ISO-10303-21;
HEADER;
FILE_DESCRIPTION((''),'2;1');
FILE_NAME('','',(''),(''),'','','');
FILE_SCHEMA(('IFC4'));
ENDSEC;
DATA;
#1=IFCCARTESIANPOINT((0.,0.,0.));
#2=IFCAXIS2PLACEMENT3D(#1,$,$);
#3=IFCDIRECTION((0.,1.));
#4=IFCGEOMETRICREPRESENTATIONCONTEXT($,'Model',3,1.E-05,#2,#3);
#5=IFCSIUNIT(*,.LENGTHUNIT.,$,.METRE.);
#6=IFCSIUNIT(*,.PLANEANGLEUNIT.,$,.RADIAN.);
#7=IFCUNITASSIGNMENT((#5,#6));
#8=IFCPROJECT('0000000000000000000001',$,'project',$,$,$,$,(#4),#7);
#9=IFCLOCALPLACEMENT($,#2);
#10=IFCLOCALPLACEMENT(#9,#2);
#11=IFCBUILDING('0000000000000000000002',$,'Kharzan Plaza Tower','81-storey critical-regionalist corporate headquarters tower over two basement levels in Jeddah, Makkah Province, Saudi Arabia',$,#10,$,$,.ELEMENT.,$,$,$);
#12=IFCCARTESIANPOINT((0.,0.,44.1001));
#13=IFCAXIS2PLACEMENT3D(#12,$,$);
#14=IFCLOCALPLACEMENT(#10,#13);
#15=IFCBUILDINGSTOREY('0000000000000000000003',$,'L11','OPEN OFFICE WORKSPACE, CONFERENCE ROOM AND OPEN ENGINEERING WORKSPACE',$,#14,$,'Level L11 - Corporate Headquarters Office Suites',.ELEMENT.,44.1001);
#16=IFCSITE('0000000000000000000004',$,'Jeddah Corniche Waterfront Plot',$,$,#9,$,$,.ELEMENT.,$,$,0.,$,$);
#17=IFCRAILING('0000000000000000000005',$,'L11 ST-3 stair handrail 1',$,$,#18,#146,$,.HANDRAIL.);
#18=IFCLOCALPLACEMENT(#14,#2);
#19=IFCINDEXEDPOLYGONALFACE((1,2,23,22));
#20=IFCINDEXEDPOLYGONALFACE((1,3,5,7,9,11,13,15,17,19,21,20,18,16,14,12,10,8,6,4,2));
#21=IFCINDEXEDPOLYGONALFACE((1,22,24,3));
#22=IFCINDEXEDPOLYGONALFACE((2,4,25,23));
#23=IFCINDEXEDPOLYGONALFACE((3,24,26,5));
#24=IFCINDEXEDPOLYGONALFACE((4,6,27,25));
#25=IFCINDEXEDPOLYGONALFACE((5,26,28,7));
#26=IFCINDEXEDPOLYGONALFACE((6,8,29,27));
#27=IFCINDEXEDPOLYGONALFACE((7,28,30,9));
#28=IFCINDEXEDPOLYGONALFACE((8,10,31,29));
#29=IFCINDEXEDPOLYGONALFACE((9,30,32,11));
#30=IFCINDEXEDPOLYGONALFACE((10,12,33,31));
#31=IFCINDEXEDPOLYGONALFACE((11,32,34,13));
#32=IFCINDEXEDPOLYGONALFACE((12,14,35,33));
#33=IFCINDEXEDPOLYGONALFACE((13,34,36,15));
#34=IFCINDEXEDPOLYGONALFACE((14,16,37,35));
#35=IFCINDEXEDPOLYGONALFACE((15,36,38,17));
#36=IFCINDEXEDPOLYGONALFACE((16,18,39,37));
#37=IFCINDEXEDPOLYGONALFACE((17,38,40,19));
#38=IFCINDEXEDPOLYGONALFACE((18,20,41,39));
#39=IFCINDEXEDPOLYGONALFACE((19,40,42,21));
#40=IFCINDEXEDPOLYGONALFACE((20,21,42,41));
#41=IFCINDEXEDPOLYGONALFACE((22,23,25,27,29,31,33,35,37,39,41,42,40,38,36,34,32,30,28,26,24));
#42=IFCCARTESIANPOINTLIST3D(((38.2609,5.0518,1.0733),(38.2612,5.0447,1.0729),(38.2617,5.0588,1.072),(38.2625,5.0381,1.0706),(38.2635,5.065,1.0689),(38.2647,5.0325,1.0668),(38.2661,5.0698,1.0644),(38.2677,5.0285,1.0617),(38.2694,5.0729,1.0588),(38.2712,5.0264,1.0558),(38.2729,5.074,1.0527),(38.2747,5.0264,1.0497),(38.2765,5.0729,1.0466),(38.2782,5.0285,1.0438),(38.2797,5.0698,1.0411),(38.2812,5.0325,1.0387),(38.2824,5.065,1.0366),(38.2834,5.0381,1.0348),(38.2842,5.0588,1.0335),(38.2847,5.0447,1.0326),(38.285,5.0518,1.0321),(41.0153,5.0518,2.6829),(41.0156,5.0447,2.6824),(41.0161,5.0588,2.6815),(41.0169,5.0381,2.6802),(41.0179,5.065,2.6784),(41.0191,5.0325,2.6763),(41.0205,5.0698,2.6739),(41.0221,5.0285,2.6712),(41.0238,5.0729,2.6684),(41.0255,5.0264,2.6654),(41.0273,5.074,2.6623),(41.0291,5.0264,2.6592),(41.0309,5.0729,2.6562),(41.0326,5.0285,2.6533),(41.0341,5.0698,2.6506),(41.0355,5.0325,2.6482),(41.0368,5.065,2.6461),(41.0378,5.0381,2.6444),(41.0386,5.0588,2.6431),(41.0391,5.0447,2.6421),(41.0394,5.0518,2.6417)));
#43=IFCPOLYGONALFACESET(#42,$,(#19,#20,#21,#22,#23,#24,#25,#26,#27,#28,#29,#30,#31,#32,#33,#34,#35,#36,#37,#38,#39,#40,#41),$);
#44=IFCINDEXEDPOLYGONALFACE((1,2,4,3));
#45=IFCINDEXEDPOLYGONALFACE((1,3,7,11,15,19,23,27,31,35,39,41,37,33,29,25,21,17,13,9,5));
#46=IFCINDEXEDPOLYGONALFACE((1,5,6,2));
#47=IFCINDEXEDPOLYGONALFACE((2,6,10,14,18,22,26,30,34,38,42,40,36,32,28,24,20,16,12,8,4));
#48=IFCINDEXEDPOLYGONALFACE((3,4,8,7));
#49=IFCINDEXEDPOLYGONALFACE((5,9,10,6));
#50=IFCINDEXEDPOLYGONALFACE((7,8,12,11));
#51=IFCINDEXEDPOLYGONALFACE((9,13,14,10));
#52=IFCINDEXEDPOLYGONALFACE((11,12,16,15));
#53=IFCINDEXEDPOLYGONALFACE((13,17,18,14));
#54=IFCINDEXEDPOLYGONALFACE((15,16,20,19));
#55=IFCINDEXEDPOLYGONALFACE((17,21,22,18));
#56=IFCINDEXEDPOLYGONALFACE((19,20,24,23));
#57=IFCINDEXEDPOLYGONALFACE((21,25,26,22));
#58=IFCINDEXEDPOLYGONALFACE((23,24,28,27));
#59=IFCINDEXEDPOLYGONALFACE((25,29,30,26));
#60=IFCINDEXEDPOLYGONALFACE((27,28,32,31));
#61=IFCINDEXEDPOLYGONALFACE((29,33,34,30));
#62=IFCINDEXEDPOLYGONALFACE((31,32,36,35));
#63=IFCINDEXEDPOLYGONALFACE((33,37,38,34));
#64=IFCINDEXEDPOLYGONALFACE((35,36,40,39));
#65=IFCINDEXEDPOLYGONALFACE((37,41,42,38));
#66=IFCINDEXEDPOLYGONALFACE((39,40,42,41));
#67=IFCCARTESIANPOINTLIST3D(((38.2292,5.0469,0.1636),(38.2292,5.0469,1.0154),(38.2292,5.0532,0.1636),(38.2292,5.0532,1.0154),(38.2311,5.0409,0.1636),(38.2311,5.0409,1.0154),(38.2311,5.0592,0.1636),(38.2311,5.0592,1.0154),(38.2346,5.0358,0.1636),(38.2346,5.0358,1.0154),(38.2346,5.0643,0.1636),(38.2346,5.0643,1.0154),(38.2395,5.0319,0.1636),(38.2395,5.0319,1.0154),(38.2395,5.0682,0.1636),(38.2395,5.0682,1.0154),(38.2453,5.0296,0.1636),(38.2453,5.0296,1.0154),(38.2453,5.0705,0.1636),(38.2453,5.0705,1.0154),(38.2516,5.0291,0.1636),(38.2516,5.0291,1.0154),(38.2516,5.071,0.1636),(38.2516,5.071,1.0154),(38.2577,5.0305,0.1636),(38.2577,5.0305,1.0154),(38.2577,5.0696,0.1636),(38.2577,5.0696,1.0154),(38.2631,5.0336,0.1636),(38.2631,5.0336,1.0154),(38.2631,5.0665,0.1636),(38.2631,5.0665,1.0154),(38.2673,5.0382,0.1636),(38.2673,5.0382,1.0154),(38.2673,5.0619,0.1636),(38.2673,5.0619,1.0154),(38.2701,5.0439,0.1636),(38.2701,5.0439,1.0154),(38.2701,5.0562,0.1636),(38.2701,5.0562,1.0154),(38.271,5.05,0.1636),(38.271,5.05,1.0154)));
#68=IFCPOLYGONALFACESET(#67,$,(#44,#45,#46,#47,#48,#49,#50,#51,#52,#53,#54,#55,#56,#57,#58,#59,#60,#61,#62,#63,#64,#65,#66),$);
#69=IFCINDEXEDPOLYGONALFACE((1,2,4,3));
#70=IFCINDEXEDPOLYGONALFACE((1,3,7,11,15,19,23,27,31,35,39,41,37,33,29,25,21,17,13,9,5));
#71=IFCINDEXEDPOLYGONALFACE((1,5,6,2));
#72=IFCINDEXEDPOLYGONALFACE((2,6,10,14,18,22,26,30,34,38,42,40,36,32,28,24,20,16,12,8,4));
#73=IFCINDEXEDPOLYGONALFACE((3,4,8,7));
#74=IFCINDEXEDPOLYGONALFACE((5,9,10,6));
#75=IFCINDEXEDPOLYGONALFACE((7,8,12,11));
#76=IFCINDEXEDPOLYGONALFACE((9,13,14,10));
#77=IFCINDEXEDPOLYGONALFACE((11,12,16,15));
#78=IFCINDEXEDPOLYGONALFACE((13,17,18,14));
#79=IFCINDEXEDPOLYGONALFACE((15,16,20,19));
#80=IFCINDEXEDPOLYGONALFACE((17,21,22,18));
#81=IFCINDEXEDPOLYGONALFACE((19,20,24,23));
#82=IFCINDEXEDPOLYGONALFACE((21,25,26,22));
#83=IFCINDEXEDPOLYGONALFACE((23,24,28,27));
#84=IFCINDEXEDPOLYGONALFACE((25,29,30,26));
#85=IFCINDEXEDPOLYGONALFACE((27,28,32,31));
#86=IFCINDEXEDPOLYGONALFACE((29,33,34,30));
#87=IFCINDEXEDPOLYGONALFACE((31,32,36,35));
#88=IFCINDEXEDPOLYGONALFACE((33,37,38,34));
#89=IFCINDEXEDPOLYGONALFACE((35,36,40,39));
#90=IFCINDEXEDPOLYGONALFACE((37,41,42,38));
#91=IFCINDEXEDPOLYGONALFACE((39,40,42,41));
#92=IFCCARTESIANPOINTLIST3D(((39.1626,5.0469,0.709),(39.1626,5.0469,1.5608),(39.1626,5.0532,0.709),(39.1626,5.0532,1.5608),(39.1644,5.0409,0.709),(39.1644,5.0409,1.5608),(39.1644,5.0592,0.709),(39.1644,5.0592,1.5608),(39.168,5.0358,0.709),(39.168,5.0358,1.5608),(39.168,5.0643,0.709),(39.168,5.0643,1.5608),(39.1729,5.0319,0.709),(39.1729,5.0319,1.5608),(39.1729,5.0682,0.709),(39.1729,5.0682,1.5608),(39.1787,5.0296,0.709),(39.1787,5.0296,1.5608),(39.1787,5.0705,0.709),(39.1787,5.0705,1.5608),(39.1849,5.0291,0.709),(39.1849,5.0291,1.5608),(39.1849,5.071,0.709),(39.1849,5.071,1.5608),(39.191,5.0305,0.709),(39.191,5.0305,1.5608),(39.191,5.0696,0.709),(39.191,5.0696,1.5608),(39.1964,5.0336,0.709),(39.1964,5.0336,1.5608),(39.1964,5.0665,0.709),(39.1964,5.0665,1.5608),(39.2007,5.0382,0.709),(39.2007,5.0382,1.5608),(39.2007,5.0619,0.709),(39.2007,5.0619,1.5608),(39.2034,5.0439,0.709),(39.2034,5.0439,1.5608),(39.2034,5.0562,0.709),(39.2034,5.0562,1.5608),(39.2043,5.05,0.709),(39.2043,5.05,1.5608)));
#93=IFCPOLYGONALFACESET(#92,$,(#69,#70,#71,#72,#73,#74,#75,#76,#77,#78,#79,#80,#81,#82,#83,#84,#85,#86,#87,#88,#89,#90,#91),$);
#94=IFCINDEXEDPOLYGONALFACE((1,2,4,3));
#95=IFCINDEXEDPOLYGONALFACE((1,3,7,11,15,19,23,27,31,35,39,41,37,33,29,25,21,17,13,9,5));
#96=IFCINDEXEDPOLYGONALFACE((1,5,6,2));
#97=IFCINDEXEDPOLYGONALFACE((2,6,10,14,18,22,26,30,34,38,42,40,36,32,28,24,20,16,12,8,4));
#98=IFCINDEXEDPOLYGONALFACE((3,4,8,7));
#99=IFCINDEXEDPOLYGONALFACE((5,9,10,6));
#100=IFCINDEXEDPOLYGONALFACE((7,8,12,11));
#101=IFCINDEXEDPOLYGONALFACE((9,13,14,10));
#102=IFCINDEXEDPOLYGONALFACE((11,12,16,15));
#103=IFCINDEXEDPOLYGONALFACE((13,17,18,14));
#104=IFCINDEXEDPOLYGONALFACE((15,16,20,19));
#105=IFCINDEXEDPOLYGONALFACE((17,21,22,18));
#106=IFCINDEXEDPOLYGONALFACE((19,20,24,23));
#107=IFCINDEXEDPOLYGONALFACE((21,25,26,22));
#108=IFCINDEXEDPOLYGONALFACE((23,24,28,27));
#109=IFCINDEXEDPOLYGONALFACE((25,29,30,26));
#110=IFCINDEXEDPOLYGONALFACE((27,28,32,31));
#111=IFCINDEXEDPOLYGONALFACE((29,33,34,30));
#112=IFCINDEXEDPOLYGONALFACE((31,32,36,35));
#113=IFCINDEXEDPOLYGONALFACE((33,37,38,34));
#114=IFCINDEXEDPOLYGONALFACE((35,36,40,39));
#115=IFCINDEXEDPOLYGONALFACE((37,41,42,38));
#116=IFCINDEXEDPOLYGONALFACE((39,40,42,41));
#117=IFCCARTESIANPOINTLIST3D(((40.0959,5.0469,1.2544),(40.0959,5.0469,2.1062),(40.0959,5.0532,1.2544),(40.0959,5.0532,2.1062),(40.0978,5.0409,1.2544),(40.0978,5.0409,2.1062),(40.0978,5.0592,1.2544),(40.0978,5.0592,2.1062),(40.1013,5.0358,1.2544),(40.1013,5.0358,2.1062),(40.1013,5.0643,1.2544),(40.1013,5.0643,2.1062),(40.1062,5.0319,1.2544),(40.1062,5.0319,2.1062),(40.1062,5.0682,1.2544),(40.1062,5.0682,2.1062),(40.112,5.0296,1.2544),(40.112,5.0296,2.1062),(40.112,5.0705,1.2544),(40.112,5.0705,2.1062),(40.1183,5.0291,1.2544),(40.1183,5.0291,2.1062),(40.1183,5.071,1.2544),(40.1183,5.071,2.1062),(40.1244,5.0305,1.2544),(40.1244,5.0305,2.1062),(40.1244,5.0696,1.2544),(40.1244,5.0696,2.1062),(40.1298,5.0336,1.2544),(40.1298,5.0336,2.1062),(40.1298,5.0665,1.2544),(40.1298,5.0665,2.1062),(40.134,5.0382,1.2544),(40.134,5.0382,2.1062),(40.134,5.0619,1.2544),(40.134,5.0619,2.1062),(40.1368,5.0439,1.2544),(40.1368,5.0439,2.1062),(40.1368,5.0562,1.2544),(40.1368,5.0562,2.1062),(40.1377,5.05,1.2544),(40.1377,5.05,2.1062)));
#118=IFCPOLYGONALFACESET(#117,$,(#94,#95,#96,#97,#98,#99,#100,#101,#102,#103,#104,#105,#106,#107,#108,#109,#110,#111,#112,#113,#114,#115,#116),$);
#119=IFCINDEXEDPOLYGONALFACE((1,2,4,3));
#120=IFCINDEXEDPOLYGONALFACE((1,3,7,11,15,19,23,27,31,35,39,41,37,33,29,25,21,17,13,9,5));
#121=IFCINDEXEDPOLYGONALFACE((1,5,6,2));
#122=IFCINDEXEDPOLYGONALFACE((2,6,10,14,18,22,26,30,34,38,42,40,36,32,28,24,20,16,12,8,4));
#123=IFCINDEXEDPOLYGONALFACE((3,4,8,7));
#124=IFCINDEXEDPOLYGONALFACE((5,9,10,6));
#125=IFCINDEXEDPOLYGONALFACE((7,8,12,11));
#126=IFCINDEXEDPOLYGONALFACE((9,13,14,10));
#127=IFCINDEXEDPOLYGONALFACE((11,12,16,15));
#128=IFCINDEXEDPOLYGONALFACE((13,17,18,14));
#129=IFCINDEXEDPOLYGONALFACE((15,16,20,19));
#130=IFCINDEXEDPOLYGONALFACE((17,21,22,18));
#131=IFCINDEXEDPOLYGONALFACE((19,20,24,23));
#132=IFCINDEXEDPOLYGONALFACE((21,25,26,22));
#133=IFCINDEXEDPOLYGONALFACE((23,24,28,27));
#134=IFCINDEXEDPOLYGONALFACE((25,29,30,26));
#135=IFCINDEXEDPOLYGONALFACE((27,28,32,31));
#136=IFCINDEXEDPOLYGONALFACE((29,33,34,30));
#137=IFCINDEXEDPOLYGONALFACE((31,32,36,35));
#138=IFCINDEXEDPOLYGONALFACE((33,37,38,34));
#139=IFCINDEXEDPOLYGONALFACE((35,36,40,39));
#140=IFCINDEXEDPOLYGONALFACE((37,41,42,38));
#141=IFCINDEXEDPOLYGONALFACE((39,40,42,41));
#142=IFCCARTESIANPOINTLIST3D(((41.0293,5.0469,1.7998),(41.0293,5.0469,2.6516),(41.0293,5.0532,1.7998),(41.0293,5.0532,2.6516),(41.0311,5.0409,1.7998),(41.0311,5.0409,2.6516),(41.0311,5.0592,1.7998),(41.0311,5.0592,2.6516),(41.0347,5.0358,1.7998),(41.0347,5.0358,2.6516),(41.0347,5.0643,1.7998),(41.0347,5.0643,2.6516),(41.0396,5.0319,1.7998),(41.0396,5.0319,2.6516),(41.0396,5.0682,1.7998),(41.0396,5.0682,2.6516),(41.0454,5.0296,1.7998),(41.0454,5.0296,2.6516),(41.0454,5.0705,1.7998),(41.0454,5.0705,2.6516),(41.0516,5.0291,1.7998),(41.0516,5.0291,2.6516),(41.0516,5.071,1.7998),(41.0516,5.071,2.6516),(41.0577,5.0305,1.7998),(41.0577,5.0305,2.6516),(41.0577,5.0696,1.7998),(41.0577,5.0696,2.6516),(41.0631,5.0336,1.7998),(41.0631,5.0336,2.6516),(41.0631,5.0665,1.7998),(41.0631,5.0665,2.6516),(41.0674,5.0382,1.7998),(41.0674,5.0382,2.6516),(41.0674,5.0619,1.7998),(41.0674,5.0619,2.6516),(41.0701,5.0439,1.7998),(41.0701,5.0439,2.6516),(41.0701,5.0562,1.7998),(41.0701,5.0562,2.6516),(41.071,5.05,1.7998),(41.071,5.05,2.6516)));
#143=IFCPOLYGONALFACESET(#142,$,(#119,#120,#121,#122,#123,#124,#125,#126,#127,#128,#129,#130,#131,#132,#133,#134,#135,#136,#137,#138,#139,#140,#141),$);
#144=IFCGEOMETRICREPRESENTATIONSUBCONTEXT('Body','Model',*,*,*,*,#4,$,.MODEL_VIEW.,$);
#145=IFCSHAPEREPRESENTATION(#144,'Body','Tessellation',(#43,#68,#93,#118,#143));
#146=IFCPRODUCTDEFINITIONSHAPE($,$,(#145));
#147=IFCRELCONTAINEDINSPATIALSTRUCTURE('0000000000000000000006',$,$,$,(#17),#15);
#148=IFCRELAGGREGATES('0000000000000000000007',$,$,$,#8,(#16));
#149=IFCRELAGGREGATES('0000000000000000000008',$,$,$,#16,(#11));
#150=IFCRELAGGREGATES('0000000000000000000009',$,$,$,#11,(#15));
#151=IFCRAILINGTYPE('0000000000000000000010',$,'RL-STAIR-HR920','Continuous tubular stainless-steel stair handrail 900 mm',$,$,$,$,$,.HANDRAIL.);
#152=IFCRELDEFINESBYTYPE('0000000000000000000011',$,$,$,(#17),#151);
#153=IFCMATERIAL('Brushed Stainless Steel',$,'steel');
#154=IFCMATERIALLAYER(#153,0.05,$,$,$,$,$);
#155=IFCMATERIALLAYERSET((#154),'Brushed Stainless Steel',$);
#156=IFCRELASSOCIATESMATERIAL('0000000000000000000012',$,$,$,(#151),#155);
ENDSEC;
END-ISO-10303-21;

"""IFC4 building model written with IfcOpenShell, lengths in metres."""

from ifc_helpers import new_model, si_unit, direction, frame, origin, origin_2d, place, context, subcontext, project, spatial, circle, extrude, source, transform, mapped, material, layer, layer_set, type_object, element, save


model = new_model("IFC4")

# Units and contexts
model_context = context("Model", 3, precision=1e-05, world=origin(), true_north=direction((0.0, 1.0)))
body_context = subcontext(model_context, "Body", "Model", "MODEL_VIEW")
ifc_project = project(units=[si_unit("LENGTHUNIT", "METRE"), si_unit("PLANEANGLEUNIT", "RADIAN")], contexts=[model_context])

# Site, building, storey
site_placement = place(None, origin())
site = spatial("IfcSite", under=ifc_project, at=site_placement, Name="Jeddah Corniche Waterfront Plot", CompositionType="ELEMENT", RefElevation=0.0)
building_placement = place(site_placement, origin())
building = spatial("IfcBuilding", under=site, at=building_placement, Name="Kharzan Plaza Tower", Description="81-storey critical-regionalist corporate headquarters tower over two basement levels in Jeddah, Makkah Province, Saudi Arabia", CompositionType="ELEMENT")
storey_placement = place(building_placement, frame((0.0, 0.0, 44.1001)))
storey = spatial("IfcBuildingStorey", under=building, at=storey_placement, Name="L11", Description="OPEN OFFICE WORKSPACE, CONFERENCE ROOM AND OPEN ENGINEERING WORKSPACE", LongName="Level L11 - Corporate Headquarters Office Suites", CompositionType="ELEMENT", Elevation=44.1001)

# Shared definitions
ifc_material_1 = material(Name="Brushed Stainless Steel", Category="steel")

# Railing
ifc_layer_1 = layer(ifc_material_1, 0.05)
ifc_layer_set_1 = layer_set([ifc_layer_1], Name="Brushed Stainless Steel")
railing_type_1 = type_object("IfcRailingType", Name="RL-STAIR-HR920", Description="Continuous tubular stainless-steel stair handrail 900 mm", PredefinedType="HANDRAIL", material=ifc_layer_set_1)
shared_shape_1 = source(origin(), body_context, "Body", "SweptSolid", [
    extrude(circle(Radius=0.0239, at=origin_2d()), frame((0.0229, 0.0, 0.8892), z_axis=(0.863394, 0.0, 0.504531), x_axis=(0.0, 1.0, 0.0)), (0.0, 0.0, 1.0), 3.1902),
    extrude(circle(Radius=0.021, at=origin_2d()), origin(), (0.0, 0.0, 1.0), 0.8518),
    extrude(circle(Radius=0.021, at=origin_2d()), frame((0.9333, 0.0, 0.5454)), (0.0, 0.0, 1.0), 0.8518),
    extrude(circle(Radius=0.021, at=origin_2d()), frame((1.8667, 0.0, 1.0908)), (0.0, 0.0, 1.0), 0.8518),
    extrude(circle(Radius=0.021, at=origin_2d()), frame((2.8, 0.0, 1.6362)), (0.0, 0.0, 1.0), 0.8518),
])
railing_1_placement = place(storey_placement, frame((38.25, 5.05, 0.1636)))
element("IfcRailing", 1, at=railing_1_placement, inside=storey, type_object=railing_type_1, Name="L11 ST-3 stair handrail 1", PredefinedType="HANDRAIL", context=body_context, shape_type="MappedRepresentation", body=[
    mapped(shared_shape_1, transform((0.0, 0.0, 0.0), x_axis=(1.0, 0.0, 0.0), y_axis=(0.0, 1.0, 0.0), z_axis=(0.0, 0.0, 1.0))),
])

save(model, "model.ifc")
